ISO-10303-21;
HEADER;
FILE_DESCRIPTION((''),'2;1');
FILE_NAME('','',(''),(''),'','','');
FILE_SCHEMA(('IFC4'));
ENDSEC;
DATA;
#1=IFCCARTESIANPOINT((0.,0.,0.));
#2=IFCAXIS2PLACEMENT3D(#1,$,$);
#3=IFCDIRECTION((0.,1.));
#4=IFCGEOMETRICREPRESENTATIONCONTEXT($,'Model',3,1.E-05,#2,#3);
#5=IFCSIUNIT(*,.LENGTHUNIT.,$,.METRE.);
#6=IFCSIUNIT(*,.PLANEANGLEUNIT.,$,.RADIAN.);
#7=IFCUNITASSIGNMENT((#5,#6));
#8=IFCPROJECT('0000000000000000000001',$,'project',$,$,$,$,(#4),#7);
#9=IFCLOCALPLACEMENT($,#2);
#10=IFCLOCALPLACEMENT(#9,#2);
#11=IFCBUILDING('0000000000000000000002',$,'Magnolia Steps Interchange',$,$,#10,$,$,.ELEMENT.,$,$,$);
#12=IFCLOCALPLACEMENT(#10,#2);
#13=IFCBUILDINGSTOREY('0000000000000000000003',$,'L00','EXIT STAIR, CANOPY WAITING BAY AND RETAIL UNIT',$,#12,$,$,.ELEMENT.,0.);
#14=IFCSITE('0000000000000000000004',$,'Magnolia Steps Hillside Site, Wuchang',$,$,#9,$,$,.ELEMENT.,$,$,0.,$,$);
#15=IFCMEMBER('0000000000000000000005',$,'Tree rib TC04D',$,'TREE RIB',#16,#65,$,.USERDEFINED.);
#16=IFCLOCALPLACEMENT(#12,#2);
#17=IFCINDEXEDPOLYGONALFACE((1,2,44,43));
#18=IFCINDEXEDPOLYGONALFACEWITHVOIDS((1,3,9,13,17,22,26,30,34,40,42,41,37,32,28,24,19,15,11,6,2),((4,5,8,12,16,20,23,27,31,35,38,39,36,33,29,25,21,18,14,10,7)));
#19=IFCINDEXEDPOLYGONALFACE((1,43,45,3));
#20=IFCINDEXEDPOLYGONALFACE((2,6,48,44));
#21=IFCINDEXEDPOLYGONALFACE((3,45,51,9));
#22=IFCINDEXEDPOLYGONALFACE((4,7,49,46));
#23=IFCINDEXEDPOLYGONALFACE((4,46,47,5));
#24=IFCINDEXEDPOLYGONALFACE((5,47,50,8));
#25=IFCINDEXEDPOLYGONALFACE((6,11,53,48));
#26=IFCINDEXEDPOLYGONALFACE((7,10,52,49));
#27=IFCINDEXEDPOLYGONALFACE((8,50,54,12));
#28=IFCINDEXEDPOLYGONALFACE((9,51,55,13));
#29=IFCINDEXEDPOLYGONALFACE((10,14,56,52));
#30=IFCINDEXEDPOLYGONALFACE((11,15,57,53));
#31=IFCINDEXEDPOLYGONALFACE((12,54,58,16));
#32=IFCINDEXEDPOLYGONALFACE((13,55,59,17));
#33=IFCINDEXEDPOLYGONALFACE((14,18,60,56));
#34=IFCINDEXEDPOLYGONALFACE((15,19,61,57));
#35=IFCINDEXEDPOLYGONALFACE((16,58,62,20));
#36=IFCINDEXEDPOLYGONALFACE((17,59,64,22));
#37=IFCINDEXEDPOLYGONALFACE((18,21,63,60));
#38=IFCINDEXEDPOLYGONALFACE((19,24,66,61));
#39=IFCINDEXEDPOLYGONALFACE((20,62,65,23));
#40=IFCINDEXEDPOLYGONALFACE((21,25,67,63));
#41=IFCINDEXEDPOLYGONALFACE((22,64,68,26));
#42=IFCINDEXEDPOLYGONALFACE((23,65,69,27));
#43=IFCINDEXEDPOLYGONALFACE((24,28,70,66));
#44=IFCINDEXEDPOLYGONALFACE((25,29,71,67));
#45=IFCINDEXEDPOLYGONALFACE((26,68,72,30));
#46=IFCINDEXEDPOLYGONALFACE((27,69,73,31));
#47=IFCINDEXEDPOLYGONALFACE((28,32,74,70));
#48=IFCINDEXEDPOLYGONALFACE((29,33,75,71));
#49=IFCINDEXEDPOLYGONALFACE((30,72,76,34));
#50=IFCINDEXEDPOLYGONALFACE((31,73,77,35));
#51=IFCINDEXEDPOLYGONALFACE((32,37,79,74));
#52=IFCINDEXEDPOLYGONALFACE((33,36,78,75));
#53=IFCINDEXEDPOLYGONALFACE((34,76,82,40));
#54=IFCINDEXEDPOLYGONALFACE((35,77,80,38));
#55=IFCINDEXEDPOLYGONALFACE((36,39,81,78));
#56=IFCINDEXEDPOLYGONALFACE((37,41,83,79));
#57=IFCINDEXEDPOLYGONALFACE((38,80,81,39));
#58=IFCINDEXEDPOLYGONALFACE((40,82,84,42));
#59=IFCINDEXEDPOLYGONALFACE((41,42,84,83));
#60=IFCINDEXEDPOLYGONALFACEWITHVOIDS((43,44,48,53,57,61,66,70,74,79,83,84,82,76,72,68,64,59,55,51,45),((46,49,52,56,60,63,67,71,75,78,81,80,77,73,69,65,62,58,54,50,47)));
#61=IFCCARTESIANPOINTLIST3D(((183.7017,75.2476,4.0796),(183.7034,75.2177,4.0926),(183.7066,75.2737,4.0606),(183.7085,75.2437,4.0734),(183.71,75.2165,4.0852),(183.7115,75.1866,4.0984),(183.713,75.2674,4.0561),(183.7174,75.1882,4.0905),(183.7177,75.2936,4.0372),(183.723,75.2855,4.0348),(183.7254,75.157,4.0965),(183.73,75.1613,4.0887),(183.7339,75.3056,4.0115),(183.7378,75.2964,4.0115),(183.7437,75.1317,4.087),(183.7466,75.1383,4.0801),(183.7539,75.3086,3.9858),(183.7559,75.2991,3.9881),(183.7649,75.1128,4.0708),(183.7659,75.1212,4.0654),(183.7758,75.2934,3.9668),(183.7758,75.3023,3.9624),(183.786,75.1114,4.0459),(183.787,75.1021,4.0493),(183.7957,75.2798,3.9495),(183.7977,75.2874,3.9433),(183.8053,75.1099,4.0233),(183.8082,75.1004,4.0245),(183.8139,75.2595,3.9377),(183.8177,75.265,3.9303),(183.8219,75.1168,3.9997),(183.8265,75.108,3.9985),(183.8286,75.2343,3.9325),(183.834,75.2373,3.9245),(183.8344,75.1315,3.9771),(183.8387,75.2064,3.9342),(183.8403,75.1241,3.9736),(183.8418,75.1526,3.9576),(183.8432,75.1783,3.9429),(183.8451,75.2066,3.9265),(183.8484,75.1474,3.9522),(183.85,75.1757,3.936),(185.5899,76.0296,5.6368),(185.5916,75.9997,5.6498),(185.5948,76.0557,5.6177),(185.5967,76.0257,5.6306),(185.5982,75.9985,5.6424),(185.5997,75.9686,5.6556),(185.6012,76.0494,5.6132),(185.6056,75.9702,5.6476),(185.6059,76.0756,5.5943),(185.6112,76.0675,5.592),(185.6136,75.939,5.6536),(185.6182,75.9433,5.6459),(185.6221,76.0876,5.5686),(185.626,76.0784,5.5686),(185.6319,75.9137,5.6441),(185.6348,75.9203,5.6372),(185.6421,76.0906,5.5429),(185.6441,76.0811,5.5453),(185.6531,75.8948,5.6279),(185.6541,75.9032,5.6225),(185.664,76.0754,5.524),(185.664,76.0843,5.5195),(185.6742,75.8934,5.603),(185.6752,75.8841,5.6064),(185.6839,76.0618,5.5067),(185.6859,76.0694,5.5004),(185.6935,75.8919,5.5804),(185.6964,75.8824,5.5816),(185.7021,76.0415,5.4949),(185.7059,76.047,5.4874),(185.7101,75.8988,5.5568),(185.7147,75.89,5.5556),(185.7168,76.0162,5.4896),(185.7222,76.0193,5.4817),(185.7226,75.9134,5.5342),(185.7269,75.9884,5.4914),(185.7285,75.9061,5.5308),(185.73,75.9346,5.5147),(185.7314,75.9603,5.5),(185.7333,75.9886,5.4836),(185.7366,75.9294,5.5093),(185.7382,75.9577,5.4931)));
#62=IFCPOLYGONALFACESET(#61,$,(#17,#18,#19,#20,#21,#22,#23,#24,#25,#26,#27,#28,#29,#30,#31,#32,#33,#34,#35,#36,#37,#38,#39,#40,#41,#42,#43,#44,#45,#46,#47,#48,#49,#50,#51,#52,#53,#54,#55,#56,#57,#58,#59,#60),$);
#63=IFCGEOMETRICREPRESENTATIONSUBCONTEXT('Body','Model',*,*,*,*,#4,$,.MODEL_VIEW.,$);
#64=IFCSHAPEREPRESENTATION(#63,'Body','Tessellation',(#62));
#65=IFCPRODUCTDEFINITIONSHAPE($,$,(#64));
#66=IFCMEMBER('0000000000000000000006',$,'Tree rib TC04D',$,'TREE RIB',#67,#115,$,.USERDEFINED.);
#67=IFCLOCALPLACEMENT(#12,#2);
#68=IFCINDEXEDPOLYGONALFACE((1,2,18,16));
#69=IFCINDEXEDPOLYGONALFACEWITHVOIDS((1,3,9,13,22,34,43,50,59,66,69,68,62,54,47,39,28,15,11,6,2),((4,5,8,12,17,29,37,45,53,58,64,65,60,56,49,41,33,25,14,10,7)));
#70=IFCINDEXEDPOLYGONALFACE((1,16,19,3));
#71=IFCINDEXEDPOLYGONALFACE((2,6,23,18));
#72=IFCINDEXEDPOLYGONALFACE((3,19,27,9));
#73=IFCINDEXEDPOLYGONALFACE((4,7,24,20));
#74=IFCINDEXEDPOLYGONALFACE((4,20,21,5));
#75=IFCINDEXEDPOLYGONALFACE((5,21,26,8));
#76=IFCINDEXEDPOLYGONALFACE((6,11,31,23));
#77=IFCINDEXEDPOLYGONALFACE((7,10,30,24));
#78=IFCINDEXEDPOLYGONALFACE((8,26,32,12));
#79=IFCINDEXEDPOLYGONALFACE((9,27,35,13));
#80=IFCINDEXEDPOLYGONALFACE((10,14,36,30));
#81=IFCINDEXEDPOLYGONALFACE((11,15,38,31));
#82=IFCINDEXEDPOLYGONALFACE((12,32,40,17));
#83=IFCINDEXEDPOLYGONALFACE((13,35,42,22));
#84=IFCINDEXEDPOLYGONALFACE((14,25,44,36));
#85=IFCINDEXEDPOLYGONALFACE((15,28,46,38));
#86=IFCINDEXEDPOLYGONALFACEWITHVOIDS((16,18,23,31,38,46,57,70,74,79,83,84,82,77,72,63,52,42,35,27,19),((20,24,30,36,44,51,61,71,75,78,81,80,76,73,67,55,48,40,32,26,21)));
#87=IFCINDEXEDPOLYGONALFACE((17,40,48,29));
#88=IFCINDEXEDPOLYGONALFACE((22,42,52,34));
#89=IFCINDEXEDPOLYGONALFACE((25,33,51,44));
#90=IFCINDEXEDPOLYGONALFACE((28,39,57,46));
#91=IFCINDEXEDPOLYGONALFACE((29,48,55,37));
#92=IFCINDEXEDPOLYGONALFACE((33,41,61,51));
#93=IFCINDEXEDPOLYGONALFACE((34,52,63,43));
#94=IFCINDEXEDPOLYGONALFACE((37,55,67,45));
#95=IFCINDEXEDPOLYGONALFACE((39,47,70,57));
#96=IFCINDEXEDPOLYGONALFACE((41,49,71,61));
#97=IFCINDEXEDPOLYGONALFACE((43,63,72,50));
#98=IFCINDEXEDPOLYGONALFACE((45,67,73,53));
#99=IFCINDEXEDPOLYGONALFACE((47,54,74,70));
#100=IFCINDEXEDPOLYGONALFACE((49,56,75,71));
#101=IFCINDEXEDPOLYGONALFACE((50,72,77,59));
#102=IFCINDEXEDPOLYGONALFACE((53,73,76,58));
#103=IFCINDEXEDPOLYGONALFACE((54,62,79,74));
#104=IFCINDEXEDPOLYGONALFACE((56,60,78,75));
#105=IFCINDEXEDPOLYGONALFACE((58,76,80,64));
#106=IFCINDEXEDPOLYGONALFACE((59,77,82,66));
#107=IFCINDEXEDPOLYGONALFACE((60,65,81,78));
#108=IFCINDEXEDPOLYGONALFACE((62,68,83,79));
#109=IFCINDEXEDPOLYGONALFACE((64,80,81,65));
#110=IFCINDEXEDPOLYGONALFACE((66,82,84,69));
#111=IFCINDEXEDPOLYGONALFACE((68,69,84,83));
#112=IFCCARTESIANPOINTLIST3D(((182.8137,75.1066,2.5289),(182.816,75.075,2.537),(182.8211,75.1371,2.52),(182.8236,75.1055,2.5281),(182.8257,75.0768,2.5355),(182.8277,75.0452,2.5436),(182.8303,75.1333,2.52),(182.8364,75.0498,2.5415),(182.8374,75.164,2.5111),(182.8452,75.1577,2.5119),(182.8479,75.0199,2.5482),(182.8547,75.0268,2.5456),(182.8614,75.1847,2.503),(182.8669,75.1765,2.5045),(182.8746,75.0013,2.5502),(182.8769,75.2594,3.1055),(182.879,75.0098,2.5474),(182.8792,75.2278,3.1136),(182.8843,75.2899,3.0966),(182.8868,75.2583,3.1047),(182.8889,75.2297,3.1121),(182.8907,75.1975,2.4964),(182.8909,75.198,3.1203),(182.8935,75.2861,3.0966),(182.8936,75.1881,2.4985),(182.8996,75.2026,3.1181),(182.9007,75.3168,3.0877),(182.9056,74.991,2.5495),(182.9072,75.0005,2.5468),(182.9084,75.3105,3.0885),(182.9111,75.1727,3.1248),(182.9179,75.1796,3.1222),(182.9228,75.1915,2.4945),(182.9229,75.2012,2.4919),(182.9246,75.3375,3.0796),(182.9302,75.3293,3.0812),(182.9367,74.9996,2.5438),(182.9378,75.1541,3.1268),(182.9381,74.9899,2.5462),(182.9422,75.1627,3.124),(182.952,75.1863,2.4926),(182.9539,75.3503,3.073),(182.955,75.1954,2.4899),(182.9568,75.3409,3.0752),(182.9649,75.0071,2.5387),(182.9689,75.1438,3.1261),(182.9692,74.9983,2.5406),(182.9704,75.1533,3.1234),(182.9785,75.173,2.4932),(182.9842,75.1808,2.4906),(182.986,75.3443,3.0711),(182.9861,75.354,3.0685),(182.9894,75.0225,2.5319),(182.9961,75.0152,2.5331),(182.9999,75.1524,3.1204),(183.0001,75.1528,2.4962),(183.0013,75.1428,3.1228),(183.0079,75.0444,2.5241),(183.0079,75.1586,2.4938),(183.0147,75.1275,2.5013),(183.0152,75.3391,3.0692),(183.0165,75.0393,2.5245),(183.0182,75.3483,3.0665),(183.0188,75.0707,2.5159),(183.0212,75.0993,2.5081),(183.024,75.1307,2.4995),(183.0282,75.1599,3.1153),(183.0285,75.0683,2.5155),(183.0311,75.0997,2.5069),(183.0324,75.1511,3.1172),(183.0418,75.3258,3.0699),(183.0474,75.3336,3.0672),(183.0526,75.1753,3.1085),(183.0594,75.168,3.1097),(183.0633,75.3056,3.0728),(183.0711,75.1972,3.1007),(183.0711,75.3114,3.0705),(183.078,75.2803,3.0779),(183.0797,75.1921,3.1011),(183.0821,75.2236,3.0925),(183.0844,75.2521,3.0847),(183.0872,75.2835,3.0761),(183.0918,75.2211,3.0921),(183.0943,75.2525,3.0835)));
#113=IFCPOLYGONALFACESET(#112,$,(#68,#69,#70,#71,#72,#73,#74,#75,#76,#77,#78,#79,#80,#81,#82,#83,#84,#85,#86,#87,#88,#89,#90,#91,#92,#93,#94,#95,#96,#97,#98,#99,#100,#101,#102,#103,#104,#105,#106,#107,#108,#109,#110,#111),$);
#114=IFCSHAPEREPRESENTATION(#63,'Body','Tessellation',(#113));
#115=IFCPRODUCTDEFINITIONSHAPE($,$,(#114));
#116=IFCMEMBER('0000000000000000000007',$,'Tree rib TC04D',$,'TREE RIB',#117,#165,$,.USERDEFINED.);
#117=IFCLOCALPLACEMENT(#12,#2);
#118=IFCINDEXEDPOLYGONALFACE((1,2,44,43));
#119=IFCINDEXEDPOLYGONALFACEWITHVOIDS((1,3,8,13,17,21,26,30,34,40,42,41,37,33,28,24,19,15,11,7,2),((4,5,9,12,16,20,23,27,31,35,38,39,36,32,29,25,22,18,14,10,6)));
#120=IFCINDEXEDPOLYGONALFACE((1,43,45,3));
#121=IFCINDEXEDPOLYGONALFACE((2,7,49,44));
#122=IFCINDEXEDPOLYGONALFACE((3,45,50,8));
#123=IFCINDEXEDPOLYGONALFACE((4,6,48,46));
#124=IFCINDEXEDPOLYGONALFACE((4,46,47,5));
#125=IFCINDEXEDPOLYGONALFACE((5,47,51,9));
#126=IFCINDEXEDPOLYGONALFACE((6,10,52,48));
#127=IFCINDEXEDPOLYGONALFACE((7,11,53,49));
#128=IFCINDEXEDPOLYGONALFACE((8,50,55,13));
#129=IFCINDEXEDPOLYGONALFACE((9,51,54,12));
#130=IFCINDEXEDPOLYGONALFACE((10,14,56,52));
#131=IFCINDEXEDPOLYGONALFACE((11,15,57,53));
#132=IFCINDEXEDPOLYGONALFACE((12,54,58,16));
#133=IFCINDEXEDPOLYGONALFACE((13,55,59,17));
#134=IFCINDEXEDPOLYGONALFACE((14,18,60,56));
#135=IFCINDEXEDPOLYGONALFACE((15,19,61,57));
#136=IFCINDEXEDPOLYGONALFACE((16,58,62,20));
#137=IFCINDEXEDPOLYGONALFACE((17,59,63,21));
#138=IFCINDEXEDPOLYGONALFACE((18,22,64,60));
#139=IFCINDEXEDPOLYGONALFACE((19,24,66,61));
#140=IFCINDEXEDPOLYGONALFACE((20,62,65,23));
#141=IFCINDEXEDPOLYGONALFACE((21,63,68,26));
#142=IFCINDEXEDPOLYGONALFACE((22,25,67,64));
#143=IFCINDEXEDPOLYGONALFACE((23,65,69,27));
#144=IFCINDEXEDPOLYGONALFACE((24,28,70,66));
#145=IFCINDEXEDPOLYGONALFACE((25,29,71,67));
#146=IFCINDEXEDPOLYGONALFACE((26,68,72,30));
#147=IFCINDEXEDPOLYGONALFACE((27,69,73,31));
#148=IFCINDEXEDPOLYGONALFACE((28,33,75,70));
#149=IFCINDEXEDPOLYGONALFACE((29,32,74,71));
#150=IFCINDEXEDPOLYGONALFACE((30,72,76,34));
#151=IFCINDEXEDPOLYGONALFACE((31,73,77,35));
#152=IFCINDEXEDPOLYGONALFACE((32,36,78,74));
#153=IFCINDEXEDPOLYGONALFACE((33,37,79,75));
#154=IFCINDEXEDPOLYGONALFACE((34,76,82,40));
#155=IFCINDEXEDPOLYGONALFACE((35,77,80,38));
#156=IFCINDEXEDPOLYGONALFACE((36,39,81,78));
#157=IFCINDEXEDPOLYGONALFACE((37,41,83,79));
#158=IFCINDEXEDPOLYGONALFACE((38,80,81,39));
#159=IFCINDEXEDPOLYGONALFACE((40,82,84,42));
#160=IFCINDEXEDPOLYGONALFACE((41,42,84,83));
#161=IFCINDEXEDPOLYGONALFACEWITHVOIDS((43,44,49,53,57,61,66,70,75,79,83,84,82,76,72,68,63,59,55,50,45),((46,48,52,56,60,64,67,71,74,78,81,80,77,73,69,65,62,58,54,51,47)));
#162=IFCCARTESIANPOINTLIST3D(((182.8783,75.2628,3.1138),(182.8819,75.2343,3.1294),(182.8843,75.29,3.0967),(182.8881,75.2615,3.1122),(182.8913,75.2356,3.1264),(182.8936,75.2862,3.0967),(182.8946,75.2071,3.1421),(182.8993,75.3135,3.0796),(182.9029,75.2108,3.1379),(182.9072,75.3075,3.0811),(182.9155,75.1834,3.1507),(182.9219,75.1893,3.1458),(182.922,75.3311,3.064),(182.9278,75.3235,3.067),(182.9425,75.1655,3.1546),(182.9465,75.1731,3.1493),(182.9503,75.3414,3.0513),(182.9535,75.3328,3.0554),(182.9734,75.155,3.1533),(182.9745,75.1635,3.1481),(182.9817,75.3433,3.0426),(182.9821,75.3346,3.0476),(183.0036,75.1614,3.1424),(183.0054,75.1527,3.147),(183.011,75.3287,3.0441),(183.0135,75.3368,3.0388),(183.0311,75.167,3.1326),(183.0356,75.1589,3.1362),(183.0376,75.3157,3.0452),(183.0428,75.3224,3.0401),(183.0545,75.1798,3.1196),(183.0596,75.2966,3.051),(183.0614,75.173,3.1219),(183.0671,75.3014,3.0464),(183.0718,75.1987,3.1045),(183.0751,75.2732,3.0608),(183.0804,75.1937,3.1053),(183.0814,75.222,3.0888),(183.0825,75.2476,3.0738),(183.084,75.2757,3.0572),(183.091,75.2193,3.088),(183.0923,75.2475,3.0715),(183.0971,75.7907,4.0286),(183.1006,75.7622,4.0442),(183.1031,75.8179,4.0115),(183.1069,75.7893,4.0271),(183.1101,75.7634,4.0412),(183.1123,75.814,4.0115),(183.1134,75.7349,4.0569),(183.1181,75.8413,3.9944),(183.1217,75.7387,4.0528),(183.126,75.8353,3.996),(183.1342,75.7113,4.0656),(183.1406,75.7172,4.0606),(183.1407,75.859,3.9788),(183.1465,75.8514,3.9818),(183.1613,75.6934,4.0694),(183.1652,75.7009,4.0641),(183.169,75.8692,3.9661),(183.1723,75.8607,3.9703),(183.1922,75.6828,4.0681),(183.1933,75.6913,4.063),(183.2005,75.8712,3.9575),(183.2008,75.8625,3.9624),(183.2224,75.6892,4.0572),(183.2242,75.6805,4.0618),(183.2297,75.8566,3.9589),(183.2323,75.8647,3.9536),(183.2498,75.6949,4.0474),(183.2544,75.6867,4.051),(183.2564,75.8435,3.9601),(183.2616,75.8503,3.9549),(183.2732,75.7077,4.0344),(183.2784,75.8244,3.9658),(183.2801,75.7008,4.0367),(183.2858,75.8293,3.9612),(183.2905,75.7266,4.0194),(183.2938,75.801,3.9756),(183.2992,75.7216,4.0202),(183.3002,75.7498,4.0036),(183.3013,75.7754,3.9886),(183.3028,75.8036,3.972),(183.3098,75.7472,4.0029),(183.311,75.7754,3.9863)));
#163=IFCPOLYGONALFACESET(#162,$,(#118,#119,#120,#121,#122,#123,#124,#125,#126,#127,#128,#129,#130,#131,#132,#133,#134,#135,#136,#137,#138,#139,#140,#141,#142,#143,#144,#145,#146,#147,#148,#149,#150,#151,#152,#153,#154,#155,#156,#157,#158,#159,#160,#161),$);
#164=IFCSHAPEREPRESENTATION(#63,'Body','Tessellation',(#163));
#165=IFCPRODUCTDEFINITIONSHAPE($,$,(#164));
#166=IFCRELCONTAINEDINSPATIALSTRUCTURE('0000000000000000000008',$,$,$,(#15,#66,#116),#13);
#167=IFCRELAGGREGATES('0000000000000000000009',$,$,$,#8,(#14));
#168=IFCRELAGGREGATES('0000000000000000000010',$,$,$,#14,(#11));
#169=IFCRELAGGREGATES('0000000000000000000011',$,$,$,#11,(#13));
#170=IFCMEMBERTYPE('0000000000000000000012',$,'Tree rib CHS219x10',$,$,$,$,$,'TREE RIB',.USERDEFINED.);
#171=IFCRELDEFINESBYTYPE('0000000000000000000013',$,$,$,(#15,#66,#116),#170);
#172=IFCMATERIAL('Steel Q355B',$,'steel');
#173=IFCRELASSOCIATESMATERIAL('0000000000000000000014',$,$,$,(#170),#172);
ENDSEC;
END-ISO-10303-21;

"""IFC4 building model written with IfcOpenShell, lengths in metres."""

from ifc_helpers import new_model, si_unit, direction, frame, origin, origin_2d, place, context, subcontext, project, spatial, hollow_circle, extrude, material, material_profile, profile_set, type_object, element, save


model = new_model("IFC4")

# Units and contexts
model_context = context("Model", 3, precision=1e-05, world=origin(), true_north=direction((0.0, 1.0)))
body_context = subcontext(model_context, "Body", "Model", "MODEL_VIEW")
ifc_project = project(units=[si_unit("LENGTHUNIT", "METRE"), si_unit("PLANEANGLEUNIT", "RADIAN")], contexts=[model_context])

# Site, building, storey
site_placement = place(None, origin())
site = spatial("IfcSite", under=ifc_project, at=site_placement, Name="Magnolia Steps Hillside Site, Wuchang", CompositionType="ELEMENT", RefElevation=0.0)
building_placement = place(site_placement, origin())
building = spatial("IfcBuilding", under=site, at=building_placement, Name="Magnolia Steps Interchange", CompositionType="ELEMENT")
storey_placement = place(building_placement, origin())
storey = spatial("IfcBuildingStorey", under=building, at=storey_placement, Name="L00", Description="EXIT STAIR, CANOPY WAITING BAY AND RETAIL UNIT", CompositionType="ELEMENT", Elevation=0.0)

# Members
ifc_material_1 = material(Name="Steel Q355B", Category="steel")
ifc_material_profile_1 = material_profile(ifc_material_1, hollow_circle(Radius=0.1096, WallThickness=0.01, at=origin_2d()), Name="CHS219x10")
ifc_profile_set_1 = profile_set([ifc_material_profile_1], Name="Steel Q355B")
member_type_1 = type_object("IfcMemberType", Name="Tree rib CHS219x10", ElementType="TREE RIB", PredefinedType="USERDEFINED", material=ifc_profile_set_1)
member_1_placement = place(storey_placement, frame((183.7759, 75.2043, 4.0115), z_axis=(0.734897, 0.304354, 0.606048), x_axis=(-0.38263, 0.923902, 0.0)))
element("IfcMember", 1, at=member_1_placement, inside=storey, type_object=member_type_1, Name="Tree rib TC04D", ObjectType="TREE RIB", PredefinedType="USERDEFINED", context=body_context, shape_type="SweptSolid", body=[
    extrude(hollow_circle(Radius=0.1096, WallThickness=0.01, at=origin_2d()), origin(), (0.0, 0.0, 1.0), 2.5693),
])
member_2_placement = place(storey_placement, frame((182.9224, 75.0952, 2.52), z_axis=(0.105403, 0.254758, 0.961243), x_axis=(-0.924035, 0.382308, 0.0)))
element("IfcMember", 2, at=member_2_placement, inside=storey, type_object=member_type_1, Name="Tree rib TC04D", ObjectType="TREE RIB", PredefinedType="USERDEFINED", context=body_context, shape_type="SweptSolid", body=[
    extrude(hollow_circle(Radius=0.1096, WallThickness=0.01, at=origin_2d()), origin(), (0.0, 0.0, 1.0), 0.5999),
])
member_3_placement = place(storey_placement, frame((182.9856, 75.248, 3.0967), z_axis=(0.202815, 0.489382, 0.848157), x_axis=(-0.923808, 0.382855, 0.0)))
element("IfcMember", 3, at=member_3_placement, inside=storey, type_object=member_type_1, Name="Tree rib TC04D", ObjectType="TREE RIB", PredefinedType="USERDEFINED", context=body_context, shape_type="SweptSolid", body=[
    extrude(hollow_circle(Radius=0.1096, WallThickness=0.01, at=origin_2d()), origin(), (0.0, 0.0, 1.0), 1.0786),
])

save(model, "model.ifc")
